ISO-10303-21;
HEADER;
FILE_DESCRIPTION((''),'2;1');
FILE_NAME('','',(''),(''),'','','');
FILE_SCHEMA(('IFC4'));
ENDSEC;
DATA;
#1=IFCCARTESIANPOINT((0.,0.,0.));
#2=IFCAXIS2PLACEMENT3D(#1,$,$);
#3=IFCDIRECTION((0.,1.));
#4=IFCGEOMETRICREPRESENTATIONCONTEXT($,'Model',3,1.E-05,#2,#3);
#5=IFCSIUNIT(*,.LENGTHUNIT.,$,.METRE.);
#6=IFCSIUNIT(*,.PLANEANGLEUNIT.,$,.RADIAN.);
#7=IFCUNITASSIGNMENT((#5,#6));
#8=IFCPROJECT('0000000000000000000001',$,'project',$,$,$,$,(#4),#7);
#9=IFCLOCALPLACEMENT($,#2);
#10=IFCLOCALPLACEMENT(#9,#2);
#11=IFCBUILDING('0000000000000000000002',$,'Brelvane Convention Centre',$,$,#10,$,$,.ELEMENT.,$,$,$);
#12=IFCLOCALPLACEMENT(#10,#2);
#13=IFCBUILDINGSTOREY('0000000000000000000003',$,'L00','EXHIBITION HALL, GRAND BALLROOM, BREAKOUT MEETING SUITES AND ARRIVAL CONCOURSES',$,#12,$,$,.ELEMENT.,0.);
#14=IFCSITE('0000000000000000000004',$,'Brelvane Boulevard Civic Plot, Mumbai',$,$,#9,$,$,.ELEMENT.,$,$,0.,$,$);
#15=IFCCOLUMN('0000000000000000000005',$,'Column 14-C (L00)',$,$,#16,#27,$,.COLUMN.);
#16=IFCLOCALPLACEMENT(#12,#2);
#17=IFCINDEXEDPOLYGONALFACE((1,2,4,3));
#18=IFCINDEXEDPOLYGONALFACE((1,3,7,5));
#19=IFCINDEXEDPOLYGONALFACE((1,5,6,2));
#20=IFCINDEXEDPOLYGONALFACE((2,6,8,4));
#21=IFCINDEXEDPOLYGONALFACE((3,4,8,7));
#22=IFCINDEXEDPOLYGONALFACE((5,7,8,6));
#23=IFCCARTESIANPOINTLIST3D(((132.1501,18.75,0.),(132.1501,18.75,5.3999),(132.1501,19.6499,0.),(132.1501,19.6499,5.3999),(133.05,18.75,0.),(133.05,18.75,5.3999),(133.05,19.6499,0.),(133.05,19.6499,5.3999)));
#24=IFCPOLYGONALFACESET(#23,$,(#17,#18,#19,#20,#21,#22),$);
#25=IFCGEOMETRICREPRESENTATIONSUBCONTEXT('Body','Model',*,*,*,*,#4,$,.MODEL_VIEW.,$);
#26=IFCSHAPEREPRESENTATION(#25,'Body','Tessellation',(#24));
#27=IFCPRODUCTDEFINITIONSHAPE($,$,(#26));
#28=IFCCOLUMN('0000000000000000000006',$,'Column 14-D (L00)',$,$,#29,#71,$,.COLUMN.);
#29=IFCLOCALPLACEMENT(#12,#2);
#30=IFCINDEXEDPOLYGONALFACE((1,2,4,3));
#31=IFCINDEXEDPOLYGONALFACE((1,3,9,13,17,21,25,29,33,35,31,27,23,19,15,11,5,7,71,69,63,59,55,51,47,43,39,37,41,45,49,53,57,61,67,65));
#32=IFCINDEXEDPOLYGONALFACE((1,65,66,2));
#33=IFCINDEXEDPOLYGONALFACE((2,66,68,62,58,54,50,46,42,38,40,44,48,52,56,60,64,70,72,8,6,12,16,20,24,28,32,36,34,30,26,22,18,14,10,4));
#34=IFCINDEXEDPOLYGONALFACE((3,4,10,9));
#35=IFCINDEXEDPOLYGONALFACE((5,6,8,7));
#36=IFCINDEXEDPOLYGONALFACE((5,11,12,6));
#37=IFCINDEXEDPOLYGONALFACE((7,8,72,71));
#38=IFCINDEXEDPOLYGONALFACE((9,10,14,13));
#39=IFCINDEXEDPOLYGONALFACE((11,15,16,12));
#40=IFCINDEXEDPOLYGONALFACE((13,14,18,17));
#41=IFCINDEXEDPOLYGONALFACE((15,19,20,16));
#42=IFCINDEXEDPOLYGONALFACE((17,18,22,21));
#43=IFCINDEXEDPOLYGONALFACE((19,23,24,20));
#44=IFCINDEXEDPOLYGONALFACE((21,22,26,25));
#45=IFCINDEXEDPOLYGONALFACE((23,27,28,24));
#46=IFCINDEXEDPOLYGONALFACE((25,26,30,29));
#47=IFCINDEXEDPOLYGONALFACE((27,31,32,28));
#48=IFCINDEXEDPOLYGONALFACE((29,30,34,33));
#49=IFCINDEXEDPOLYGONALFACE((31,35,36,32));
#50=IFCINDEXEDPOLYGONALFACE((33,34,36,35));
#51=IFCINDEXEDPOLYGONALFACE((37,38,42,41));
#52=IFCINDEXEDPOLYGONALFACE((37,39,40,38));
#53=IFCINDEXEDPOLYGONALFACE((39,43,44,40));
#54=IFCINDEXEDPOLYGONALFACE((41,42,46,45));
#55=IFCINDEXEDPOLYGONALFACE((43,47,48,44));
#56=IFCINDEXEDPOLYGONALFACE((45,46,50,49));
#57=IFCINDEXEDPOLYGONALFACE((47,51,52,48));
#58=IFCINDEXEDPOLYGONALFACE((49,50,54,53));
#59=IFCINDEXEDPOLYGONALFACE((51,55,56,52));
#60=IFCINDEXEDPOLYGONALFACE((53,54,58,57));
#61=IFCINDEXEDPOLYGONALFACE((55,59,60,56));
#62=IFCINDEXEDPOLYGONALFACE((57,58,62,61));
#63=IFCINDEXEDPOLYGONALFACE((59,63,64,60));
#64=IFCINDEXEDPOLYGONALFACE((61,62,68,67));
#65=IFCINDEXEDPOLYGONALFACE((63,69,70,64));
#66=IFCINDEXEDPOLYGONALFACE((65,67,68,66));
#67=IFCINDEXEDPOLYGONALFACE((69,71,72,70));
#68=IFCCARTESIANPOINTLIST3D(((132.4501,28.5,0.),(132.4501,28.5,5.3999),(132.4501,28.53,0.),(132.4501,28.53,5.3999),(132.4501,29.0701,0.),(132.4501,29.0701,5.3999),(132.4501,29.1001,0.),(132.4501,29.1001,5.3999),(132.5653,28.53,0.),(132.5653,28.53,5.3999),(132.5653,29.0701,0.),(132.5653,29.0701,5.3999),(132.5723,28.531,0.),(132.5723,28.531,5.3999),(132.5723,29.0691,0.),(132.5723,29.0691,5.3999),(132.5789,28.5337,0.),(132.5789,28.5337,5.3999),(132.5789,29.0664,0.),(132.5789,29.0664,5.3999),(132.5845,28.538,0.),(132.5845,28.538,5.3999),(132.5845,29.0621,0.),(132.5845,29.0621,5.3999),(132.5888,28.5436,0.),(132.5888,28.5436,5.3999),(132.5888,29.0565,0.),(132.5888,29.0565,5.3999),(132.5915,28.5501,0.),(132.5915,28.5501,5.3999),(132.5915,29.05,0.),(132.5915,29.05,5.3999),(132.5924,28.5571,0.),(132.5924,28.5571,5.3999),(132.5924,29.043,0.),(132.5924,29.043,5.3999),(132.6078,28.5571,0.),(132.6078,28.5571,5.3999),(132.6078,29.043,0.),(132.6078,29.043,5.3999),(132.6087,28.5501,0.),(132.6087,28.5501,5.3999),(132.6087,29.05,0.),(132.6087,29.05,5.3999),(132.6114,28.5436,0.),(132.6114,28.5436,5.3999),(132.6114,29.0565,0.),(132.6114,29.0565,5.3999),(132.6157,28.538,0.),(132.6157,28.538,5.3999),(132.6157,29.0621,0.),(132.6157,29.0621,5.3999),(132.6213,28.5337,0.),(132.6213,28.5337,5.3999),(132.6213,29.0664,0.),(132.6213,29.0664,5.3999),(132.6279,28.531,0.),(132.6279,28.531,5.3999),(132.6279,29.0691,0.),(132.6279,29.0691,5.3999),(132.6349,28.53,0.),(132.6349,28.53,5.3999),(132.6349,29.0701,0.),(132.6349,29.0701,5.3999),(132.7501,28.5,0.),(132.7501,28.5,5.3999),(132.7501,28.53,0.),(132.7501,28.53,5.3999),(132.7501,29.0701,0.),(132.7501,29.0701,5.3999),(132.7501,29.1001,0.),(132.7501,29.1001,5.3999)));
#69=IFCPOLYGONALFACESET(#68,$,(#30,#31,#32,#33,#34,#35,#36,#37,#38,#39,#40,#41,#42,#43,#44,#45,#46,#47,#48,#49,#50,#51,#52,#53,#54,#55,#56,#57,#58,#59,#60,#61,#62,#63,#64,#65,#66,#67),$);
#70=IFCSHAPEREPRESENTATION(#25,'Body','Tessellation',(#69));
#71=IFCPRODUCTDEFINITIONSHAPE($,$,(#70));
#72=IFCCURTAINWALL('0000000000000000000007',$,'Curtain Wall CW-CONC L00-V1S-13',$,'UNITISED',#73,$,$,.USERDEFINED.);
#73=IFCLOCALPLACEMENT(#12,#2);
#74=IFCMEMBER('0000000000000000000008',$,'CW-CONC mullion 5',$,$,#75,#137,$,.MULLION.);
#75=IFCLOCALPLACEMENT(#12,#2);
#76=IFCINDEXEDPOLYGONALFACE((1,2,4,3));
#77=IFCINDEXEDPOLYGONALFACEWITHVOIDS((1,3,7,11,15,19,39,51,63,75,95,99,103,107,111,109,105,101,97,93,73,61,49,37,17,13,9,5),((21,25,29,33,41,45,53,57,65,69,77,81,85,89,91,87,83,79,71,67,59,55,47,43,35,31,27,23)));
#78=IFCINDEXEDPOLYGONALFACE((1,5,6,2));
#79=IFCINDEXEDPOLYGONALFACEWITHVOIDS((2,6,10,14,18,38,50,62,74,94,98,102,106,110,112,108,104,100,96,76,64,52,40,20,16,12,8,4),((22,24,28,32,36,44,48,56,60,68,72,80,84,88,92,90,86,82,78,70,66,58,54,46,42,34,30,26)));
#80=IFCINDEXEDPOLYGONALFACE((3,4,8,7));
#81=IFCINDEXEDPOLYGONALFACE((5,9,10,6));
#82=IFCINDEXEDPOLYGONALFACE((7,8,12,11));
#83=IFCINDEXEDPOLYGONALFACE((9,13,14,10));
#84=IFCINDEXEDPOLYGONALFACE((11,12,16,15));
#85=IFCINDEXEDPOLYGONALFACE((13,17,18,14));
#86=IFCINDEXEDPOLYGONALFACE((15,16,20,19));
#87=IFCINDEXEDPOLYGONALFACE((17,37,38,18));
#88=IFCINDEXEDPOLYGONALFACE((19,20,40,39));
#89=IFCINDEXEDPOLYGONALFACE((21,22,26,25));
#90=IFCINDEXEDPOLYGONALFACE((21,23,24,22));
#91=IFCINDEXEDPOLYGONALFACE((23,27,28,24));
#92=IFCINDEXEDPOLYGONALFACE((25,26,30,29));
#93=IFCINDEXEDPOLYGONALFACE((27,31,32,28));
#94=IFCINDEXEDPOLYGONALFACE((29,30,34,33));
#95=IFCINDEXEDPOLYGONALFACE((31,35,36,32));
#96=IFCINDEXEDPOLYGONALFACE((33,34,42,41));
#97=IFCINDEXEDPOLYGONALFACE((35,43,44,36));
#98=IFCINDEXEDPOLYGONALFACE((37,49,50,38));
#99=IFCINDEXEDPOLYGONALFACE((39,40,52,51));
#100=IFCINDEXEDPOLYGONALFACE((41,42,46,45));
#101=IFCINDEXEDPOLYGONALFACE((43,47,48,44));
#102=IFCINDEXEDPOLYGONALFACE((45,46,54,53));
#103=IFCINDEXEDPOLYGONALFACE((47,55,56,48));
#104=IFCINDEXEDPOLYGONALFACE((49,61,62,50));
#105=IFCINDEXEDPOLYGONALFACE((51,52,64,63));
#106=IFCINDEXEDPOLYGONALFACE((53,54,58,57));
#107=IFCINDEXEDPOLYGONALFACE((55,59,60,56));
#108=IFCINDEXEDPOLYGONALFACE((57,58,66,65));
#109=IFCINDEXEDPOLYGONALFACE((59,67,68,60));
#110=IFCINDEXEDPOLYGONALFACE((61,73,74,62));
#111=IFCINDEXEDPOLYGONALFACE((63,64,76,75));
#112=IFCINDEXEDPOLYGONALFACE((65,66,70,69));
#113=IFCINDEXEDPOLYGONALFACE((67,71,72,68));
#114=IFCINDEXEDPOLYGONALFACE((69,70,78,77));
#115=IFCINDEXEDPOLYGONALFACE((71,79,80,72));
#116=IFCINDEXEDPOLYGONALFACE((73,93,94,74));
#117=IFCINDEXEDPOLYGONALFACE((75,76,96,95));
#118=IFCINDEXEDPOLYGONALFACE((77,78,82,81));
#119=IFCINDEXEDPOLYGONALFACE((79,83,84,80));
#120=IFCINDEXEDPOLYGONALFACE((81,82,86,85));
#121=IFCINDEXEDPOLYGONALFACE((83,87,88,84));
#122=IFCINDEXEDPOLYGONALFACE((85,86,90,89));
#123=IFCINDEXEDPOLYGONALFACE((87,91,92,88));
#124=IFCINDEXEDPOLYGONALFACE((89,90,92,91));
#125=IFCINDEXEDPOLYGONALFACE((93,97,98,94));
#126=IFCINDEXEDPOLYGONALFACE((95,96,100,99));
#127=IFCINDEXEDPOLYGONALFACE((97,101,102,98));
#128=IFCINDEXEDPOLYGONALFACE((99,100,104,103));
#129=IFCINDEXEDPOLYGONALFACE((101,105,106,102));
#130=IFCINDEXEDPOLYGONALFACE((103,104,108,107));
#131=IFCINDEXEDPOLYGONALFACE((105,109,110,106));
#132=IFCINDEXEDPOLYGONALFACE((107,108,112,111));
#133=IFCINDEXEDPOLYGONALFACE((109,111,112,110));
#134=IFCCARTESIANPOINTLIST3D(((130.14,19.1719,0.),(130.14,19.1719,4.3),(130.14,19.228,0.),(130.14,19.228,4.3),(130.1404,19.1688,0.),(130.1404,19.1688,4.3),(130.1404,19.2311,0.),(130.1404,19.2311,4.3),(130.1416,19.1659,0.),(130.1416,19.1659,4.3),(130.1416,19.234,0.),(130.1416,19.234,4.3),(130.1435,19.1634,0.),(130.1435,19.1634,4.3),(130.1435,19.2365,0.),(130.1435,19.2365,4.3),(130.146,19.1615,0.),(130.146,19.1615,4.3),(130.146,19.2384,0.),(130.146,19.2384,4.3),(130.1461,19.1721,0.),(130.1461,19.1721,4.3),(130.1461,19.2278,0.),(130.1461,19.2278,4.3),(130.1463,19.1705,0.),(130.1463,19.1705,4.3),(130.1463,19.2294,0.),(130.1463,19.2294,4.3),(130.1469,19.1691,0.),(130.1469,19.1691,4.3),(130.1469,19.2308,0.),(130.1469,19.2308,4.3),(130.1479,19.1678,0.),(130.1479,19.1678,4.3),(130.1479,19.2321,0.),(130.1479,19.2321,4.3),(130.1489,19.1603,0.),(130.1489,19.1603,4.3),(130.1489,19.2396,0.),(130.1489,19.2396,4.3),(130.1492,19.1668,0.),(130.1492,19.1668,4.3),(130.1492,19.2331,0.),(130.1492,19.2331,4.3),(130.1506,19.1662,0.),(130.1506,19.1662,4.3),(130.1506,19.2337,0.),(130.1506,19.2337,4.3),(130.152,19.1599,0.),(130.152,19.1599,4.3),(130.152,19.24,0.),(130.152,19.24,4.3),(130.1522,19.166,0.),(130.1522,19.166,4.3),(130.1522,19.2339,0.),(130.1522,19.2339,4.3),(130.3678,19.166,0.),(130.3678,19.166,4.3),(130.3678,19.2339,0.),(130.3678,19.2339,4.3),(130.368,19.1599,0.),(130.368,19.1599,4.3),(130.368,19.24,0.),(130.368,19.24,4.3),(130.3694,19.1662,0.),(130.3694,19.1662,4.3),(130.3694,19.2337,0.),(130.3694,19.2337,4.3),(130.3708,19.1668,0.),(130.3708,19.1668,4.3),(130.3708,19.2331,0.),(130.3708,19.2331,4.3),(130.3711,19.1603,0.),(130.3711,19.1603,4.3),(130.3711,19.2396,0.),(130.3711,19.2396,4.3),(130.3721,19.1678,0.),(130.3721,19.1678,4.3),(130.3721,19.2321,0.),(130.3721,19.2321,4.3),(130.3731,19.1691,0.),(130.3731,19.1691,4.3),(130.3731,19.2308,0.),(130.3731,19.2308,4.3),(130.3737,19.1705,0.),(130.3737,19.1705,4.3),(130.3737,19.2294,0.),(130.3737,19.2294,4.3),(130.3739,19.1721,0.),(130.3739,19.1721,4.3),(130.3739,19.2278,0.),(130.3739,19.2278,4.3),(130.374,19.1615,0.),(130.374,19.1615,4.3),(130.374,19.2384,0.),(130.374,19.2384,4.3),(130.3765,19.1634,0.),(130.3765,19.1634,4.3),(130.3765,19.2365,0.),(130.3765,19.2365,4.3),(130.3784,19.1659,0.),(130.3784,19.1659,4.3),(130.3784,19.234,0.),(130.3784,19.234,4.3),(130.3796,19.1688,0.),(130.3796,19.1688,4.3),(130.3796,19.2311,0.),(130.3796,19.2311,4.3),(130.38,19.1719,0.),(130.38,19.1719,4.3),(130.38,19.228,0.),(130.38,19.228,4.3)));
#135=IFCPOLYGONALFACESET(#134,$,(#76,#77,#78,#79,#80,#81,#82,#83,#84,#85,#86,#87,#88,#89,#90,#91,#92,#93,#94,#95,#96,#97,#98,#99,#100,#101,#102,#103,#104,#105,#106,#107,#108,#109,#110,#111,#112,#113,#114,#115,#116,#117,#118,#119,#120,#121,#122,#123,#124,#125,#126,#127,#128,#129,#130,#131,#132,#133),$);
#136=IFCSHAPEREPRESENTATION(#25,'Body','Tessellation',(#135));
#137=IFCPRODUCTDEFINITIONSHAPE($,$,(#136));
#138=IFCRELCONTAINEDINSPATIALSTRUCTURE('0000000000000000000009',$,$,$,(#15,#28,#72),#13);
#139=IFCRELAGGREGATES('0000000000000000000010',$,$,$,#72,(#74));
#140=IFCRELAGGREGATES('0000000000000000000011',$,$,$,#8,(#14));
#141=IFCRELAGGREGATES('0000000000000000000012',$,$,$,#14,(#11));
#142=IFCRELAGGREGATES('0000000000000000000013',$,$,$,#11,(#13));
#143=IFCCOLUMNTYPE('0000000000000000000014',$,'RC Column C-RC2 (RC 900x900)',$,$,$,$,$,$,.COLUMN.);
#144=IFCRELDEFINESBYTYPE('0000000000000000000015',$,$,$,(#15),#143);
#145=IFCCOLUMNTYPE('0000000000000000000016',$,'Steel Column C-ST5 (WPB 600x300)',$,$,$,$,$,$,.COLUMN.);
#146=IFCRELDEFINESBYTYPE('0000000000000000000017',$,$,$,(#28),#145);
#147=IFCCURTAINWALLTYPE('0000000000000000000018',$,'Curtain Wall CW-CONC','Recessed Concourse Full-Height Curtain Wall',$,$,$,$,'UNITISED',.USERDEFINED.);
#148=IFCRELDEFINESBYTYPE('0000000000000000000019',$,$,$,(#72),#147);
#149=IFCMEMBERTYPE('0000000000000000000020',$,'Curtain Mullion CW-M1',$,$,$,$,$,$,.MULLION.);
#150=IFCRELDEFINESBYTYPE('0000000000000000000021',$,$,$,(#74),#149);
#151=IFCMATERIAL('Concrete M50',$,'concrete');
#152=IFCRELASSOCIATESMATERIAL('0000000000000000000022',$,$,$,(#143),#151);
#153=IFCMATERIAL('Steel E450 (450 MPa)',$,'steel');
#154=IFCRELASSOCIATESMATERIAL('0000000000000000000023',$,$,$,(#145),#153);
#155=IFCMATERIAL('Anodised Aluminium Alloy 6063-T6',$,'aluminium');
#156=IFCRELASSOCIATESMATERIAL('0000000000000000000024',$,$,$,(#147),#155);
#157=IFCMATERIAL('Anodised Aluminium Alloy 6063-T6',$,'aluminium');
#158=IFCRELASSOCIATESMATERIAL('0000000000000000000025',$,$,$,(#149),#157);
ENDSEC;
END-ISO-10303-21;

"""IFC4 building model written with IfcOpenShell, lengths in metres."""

from ifc_helpers import new_model, si_unit, direction, frame, origin, origin_2d, place, context, subcontext, project, spatial, rectangle, hollow_rectangle, i_section, extrude, material, material_profile, profile_set, type_object, element, aggregate, save


model = new_model("IFC4")

# Units and contexts
model_context = context("Model", 3, precision=1e-05, world=origin(), true_north=direction((0.0, 1.0)))
body_context = subcontext(model_context, "Body", "Model", "MODEL_VIEW")
ifc_project = project(units=[si_unit("LENGTHUNIT", "METRE"), si_unit("PLANEANGLEUNIT", "RADIAN")], contexts=[model_context])

# Site, building, storey
site_placement = place(None, origin())
site = spatial("IfcSite", under=ifc_project, at=site_placement, Name="Brelvane Boulevard Civic Plot, Mumbai", CompositionType="ELEMENT", RefElevation=0.0)
building_placement = place(site_placement, origin())
building = spatial("IfcBuilding", under=site, at=building_placement, Name="Brelvane Convention Centre", CompositionType="ELEMENT")
storey_placement = place(building_placement, origin())
storey = spatial("IfcBuildingStorey", under=building, at=storey_placement, Name="L00", Description="EXHIBITION HALL, GRAND BALLROOM, BREAKOUT MEETING SUITES AND ARRIVAL CONCOURSES", CompositionType="ELEMENT", Elevation=0.0)

# Columns
ifc_material_1 = material(Name="Concrete M50", Category="concrete")
ifc_material_profile_1 = material_profile(ifc_material_1, rectangle(XDim=0.8999, YDim=0.8999, at=origin_2d()), Name="RC 900x900")
ifc_profile_set_1 = profile_set([ifc_material_profile_1], Name="Concrete M50")
column_type_1 = type_object("IfcColumnType", Name="RC Column C-RC2 (RC 900x900)", PredefinedType="COLUMN", material=ifc_profile_set_1)
column_1_placement = place(storey_placement, frame((132.6001, 19.2, 0.0), z_axis=(0.0, 0.0, 1.0), x_axis=(1.0, 0.0, 0.0)))
element("IfcColumn", 1, at=column_1_placement, inside=storey, type_object=column_type_1, Name="Column 14-C (L00)", PredefinedType="COLUMN", context=body_context, shape_type="SweptSolid", body=[
    extrude(rectangle(XDim=0.8999, YDim=0.8999, at=origin_2d()), origin(), (0.0, 0.0, 1.0), 5.3999),
])
ifc_material_2 = material(Name="Steel E450 (450 MPa)", Category="steel")
ifc_material_profile_2 = material_profile(ifc_material_2, i_section(OverallWidth=0.3, OverallDepth=0.6001, WebThickness=0.0154, FlangeThickness=0.03, FilletRadius=0.0271, at=origin_2d()), Name="WPB 600x300")
ifc_profile_set_2 = profile_set([ifc_material_profile_2], Name="Steel E450 (450 MPa)")
column_type_2 = type_object("IfcColumnType", Name="Steel Column C-ST5 (WPB 600x300)", PredefinedType="COLUMN", material=ifc_profile_set_2)
column_2_placement = place(storey_placement, frame((132.6001, 28.8, 0.0), z_axis=(0.0, 0.0, 1.0), x_axis=(1.0, 0.0, 0.0)))
element("IfcColumn", 2, at=column_2_placement, inside=storey, type_object=column_type_2, Name="Column 14-D (L00)", PredefinedType="COLUMN", context=body_context, shape_type="SweptSolid", body=[
    extrude(i_section(OverallWidth=0.3, OverallDepth=0.6001, WebThickness=0.0154, FlangeThickness=0.03, FilletRadius=0.0271, at=origin_2d()), origin(), (0.0, 0.0, 1.0), 5.3999),
])

# Curtain wall, member
ifc_material_3 = material(Name="Anodised Aluminium Alloy 6063-T6", Category="aluminium")
curtain_wall_type = type_object("IfcCurtainWallType", Name="Curtain Wall CW-CONC", Description="Recessed Concourse Full-Height Curtain Wall", ElementType="UNITISED", PredefinedType="USERDEFINED", material=ifc_material_3)
curtain_wall_placement = place(storey_placement, origin())
curtain_wall = element("IfcCurtainWall", 3, at=curtain_wall_placement, inside=storey, type_object=curtain_wall_type, Name="Curtain Wall CW-CONC L00-V1S-13", ObjectType="UNITISED", PredefinedType="USERDEFINED")
ifc_material_4 = material(Name="Anodised Aluminium Alloy 6063-T6", Category="aluminium")
ifc_material_profile_3 = material_profile(ifc_material_4, hollow_rectangle(XDim=0.0801, YDim=0.24, WallThickness=0.0061, InnerFilletRadius=0.0061, OuterFilletRadius=0.012, at=origin_2d()), Name="ALU-M 240x80x6.0")
ifc_profile_set_3 = profile_set([ifc_material_profile_3], Name="Anodised Aluminium Alloy 6063-T6")
member_type_1 = type_object("IfcMemberType", Name="Curtain Mullion CW-M1", PredefinedType="MULLION", material=ifc_profile_set_3)
member_1_placement = place(storey_placement, frame((130.26, 19.2, 0.0), z_axis=(0.0, 0.0, 1.0), x_axis=(0.0, 1.0, 0.0)))
member_1 = element("IfcMember", 4, at=member_1_placement, type_object=member_type_1, Name="CW-CONC mullion 5", PredefinedType="MULLION", context=body_context, shape_type="SweptSolid", body=[
    extrude(hollow_rectangle(XDim=0.0801, YDim=0.24, WallThickness=0.0061, InnerFilletRadius=0.0061, OuterFilletRadius=0.012, at=origin_2d()), origin(), (0.0, 0.0, 1.0), 4.3),
])

aggregate(curtain_wall, [member_1])

save(model, "model.ifc")
